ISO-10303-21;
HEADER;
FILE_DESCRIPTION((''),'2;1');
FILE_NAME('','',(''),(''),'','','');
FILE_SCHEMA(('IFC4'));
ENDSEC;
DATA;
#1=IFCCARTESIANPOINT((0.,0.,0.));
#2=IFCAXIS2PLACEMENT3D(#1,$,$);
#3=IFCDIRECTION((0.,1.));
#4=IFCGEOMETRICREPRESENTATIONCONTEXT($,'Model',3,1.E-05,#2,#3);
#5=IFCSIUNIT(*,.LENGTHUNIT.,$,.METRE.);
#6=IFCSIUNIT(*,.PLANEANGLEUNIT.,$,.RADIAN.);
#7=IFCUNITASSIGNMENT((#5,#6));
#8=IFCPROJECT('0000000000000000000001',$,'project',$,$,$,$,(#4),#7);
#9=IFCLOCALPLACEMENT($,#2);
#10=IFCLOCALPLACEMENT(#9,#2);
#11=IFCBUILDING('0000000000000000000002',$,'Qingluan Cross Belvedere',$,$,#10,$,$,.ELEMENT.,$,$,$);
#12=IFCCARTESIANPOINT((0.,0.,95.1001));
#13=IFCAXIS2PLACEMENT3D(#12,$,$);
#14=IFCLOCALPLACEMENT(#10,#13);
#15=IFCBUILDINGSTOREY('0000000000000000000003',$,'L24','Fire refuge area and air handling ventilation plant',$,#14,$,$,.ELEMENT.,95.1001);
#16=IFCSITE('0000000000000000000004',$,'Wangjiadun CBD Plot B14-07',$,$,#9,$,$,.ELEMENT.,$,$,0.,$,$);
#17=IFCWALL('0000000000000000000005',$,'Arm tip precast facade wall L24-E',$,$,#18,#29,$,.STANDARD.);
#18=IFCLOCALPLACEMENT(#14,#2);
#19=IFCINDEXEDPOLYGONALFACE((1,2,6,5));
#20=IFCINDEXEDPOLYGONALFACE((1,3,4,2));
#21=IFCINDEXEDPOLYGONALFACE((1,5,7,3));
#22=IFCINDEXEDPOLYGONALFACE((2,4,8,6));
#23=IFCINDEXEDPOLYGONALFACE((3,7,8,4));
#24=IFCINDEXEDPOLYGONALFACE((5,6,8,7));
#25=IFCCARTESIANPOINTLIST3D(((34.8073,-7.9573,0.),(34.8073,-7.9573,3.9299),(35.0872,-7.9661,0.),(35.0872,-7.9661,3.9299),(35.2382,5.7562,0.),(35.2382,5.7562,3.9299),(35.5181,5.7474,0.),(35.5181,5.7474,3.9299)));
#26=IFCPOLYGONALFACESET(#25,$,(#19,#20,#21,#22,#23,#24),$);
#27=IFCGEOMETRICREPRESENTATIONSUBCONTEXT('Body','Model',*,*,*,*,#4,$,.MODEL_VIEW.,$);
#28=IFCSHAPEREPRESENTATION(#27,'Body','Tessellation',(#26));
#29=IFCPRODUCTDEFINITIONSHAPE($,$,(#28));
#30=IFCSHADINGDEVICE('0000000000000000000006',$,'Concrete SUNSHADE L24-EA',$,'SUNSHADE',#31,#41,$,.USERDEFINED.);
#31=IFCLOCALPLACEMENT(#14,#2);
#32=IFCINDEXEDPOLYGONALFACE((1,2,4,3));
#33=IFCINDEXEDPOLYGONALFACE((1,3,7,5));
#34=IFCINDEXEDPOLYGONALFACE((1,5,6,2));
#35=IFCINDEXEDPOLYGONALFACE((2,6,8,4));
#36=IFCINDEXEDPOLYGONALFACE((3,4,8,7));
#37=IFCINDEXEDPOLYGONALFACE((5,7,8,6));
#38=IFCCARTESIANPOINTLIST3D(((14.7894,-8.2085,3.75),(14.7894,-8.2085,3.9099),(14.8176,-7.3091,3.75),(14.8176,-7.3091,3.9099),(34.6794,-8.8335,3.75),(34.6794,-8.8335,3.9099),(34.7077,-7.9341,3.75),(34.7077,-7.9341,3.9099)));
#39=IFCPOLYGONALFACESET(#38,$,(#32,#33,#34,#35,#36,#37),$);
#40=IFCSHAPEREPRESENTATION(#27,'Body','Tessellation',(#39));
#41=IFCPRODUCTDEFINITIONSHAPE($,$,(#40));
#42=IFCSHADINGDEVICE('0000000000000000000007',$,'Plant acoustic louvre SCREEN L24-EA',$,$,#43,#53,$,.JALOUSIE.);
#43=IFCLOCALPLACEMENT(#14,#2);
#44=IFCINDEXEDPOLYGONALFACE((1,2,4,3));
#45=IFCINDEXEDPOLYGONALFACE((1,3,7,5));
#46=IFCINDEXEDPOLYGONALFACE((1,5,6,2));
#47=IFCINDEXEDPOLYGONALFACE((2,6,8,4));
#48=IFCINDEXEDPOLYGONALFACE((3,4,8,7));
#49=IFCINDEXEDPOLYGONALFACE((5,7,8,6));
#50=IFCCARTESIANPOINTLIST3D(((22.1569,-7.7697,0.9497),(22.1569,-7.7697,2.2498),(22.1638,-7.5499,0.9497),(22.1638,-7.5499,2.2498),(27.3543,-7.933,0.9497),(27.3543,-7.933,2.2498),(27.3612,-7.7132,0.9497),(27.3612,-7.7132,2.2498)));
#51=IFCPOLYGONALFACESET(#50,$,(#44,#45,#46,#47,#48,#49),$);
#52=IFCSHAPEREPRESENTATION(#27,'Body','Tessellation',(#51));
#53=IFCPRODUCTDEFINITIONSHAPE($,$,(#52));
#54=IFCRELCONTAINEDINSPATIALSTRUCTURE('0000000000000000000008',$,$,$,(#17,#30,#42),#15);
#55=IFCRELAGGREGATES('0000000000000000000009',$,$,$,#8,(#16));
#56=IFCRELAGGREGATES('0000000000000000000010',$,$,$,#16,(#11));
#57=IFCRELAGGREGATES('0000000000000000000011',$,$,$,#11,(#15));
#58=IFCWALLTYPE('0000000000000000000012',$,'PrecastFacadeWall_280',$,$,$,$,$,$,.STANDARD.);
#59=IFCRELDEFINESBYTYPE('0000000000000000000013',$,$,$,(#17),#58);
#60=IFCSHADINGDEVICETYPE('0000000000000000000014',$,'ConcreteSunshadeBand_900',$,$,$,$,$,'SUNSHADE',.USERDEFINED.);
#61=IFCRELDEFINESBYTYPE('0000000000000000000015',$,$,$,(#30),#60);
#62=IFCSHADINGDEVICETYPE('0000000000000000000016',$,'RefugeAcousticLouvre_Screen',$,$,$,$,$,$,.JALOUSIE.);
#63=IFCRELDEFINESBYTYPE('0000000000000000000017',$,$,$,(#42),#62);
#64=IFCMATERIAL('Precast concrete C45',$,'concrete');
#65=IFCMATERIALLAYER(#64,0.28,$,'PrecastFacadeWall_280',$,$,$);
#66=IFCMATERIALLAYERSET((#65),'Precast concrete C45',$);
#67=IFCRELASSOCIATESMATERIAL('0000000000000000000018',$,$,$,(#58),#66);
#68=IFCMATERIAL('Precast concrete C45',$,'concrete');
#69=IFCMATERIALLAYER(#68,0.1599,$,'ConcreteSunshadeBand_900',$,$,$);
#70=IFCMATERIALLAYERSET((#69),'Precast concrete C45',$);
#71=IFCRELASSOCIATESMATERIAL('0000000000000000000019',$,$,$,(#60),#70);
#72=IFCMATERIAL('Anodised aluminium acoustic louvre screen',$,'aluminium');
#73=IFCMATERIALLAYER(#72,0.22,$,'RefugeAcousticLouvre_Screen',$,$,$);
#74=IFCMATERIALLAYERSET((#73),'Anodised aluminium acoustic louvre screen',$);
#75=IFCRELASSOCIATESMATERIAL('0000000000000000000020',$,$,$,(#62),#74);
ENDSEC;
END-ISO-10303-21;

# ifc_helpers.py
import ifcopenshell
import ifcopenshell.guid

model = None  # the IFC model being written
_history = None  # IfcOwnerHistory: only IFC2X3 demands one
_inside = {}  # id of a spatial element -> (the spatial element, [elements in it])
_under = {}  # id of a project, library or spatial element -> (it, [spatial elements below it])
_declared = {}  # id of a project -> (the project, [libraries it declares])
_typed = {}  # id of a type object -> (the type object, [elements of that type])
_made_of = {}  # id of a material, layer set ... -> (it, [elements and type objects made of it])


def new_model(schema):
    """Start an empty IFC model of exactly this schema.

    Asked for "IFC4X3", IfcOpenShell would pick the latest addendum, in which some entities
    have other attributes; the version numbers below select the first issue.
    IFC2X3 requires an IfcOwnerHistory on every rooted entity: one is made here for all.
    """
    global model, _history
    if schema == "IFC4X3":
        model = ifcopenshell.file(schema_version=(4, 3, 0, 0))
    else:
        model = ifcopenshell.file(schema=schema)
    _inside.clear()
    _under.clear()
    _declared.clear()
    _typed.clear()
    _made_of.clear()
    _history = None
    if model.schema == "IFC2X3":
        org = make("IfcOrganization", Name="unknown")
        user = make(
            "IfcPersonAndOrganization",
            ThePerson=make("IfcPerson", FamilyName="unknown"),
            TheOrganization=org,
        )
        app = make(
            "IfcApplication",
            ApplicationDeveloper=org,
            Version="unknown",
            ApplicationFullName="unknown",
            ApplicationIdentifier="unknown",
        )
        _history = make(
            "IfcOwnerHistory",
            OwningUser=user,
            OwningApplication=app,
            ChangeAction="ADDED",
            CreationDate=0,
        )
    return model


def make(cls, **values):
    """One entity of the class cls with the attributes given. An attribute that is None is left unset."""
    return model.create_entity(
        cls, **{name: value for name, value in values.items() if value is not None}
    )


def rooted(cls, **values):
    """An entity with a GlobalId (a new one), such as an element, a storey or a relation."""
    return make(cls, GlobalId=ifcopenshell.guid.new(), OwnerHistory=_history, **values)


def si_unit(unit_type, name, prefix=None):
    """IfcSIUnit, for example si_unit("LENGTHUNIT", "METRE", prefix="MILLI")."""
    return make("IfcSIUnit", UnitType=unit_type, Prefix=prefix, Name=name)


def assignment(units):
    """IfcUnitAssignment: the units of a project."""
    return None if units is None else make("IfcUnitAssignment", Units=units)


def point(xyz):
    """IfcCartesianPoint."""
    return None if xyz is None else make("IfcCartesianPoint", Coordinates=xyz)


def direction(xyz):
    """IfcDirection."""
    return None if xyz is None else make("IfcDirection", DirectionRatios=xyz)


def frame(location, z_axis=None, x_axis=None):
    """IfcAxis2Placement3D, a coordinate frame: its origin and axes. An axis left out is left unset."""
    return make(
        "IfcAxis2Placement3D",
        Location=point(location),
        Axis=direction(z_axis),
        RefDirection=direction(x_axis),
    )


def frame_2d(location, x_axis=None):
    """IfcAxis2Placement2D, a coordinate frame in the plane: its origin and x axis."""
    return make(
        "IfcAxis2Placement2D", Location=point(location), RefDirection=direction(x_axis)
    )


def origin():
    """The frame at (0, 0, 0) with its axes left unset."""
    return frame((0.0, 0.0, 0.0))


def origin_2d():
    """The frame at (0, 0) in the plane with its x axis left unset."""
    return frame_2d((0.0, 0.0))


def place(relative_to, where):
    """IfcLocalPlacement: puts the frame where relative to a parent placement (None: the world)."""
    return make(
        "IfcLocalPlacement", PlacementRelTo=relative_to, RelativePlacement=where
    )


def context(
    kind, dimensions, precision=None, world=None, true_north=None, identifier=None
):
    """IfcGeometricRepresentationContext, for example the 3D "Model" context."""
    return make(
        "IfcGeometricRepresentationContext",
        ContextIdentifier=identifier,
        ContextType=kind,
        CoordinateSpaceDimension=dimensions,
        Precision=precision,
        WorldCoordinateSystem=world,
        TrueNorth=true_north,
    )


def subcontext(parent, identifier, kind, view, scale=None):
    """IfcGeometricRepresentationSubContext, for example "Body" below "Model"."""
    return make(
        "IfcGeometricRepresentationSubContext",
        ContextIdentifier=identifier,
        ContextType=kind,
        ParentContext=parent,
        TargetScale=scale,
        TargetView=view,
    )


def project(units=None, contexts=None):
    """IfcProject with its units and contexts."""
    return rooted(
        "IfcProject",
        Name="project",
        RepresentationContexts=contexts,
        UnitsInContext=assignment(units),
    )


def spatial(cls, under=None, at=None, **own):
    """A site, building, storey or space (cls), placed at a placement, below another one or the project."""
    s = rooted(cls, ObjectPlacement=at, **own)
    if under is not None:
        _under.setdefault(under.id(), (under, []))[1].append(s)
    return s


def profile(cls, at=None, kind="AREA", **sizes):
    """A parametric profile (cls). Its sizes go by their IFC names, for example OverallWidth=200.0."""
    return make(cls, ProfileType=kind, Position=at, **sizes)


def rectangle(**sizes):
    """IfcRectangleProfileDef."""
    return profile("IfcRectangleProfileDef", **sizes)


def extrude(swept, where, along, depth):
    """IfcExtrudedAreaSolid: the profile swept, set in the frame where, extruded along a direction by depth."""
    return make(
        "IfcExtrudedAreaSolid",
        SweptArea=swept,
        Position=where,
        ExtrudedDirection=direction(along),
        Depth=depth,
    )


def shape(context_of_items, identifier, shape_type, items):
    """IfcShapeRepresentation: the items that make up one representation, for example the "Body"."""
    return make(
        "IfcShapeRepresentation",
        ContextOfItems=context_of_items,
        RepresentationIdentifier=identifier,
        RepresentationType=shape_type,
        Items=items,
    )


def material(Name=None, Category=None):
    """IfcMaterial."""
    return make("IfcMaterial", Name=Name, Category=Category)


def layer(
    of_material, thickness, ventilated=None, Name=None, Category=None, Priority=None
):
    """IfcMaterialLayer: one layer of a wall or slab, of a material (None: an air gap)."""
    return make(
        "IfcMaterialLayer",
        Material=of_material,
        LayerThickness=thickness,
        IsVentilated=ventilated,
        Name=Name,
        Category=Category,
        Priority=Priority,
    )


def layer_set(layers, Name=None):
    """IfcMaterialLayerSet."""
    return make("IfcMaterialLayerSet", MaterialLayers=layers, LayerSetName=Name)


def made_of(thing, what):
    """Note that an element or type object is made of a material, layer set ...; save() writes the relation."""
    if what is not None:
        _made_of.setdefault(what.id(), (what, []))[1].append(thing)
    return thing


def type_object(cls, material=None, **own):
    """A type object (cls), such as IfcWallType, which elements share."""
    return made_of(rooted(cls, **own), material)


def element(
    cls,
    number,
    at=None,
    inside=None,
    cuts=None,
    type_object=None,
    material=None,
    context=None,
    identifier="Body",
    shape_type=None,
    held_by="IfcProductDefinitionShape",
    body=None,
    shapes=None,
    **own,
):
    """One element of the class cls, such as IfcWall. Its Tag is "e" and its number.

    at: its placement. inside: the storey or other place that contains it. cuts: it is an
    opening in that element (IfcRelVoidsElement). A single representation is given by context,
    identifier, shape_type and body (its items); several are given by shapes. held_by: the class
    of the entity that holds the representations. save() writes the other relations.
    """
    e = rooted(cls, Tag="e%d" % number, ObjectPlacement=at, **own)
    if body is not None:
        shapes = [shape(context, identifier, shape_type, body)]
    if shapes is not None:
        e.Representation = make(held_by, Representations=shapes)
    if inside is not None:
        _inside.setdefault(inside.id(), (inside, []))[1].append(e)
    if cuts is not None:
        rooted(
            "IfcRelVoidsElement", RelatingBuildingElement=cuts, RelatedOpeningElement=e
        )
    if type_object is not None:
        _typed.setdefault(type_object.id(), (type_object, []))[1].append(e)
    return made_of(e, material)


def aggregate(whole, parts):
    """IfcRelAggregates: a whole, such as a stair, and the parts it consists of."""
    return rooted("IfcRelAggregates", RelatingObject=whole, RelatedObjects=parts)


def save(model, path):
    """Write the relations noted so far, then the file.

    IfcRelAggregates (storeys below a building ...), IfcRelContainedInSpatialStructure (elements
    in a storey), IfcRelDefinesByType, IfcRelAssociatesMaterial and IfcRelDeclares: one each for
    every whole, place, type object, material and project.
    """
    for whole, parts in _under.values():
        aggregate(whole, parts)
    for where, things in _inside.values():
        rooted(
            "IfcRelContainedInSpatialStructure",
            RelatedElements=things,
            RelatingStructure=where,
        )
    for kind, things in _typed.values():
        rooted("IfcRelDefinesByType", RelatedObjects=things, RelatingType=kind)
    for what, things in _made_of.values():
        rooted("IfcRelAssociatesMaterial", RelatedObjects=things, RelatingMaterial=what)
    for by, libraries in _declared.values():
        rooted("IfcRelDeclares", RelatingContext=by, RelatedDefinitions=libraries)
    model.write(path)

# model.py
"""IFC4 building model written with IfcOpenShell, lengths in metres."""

from ifc_helpers import new_model, si_unit, direction, frame, frame_2d, origin, origin_2d, place, context, subcontext, project, spatial, rectangle, extrude, material, layer, layer_set, type_object, element, save


model = new_model("IFC4")

# Units and contexts
model_context = context("Model", 3, precision=1e-05, world=origin(), true_north=direction((0.0, 1.0)))
body_context = subcontext(model_context, "Body", "Model", "MODEL_VIEW")
ifc_project = project(units=[si_unit("LENGTHUNIT", "METRE"), si_unit("PLANEANGLEUNIT", "RADIAN")], contexts=[model_context])

# Site, building, storey
site_placement = place(None, origin())
site = spatial("IfcSite", under=ifc_project, at=site_placement, Name="Wangjiadun CBD Plot B14-07", CompositionType="ELEMENT", RefElevation=0.0)
building_placement = place(site_placement, origin())
building = spatial("IfcBuilding", under=site, at=building_placement, Name="Qingluan Cross Belvedere", CompositionType="ELEMENT")
storey_placement = place(building_placement, frame((0.0, 0.0, 95.1001)))
storey = spatial("IfcBuildingStorey", under=building, at=storey_placement, Name="L24", Description="Fire refuge area and air handling ventilation plant", CompositionType="ELEMENT", Elevation=95.1001)

# Wall
ifc_material_1 = material(Name="Precast concrete C45", Category="concrete")
ifc_layer_1 = layer(ifc_material_1, 0.28, Name="PrecastFacadeWall_280")
ifc_layer_set_1 = layer_set([ifc_layer_1], Name="Precast concrete C45")
wall_type_1 = type_object("IfcWallType", Name="PrecastFacadeWall_280", PredefinedType="STANDARD", material=ifc_layer_set_1)
wall_1_placement = place(storey_placement, frame((34.9473, -7.9617, 0.0), z_axis=(0.0, 0.0, 1.0), x_axis=(0.031407, 0.999507, 0.0)))
element("IfcWall", 1, at=wall_1_placement, inside=storey, type_object=wall_type_1, Name="Arm tip precast facade wall L24-E", PredefinedType="STANDARD", context=body_context, shape_type="SweptSolid", body=[
    extrude(rectangle(XDim=13.7202, YDim=0.28, at=frame_2d((6.8601, 0.0))), origin(), (0.0, 0.0, 1.0), 3.9299),
])

# Shading devices
ifc_material_2 = material(Name="Precast concrete C45", Category="concrete")
ifc_layer_2 = layer(ifc_material_2, 0.1599, Name="ConcreteSunshadeBand_900")
ifc_layer_set_2 = layer_set([ifc_layer_2], Name="Precast concrete C45")
shading_device_type_1 = type_object("IfcShadingDeviceType", Name="ConcreteSunshadeBand_900", ElementType="SUNSHADE", PredefinedType="USERDEFINED", material=ifc_layer_set_2)
shading_device_1_placement = place(storey_placement, frame((24.7485, -8.0713, 3.75), z_axis=(0.0, 0.0, 1.0), x_axis=(0.999507, -0.031408, 0.0)))
element("IfcShadingDevice", 2, at=shading_device_1_placement, inside=storey, type_object=shading_device_type_1, Name="Concrete SUNSHADE L24-EA", ObjectType="SUNSHADE", PredefinedType="USERDEFINED", context=body_context, shape_type="SweptSolid", body=[
    extrude(rectangle(XDim=19.8999, YDim=0.8999, at=origin_2d()), origin(), (0.0, 0.0, 1.0), 0.1599),
])
ifc_material_3 = material(Name="Anodised aluminium acoustic louvre screen", Category="aluminium")
ifc_layer_3 = layer(ifc_material_3, 0.22, Name="RefugeAcousticLouvre_Screen")
ifc_layer_set_3 = layer_set([ifc_layer_3], Name="Anodised aluminium acoustic louvre screen")
shading_device_type_2 = type_object("IfcShadingDeviceType", Name="RefugeAcousticLouvre_Screen", PredefinedType="JALOUSIE", material=ifc_layer_set_3)
shading_device_2_placement = place(storey_placement, frame((24.759, -7.7415, 0.9497), z_axis=(0.0, 0.0, 1.0), x_axis=(0.999507, -0.031408, 0.0)))
element("IfcShadingDevice", 3, at=shading_device_2_placement, inside=storey, type_object=shading_device_type_2, Name="Plant acoustic louvre SCREEN L24-EA", PredefinedType="JALOUSIE", context=body_context, shape_type="SweptSolid", body=[
    extrude(rectangle(XDim=5.2, YDim=0.22, at=origin_2d()), origin(), (0.0, 0.0, 1.0), 1.3),
])

save(model, "model.ifc")
